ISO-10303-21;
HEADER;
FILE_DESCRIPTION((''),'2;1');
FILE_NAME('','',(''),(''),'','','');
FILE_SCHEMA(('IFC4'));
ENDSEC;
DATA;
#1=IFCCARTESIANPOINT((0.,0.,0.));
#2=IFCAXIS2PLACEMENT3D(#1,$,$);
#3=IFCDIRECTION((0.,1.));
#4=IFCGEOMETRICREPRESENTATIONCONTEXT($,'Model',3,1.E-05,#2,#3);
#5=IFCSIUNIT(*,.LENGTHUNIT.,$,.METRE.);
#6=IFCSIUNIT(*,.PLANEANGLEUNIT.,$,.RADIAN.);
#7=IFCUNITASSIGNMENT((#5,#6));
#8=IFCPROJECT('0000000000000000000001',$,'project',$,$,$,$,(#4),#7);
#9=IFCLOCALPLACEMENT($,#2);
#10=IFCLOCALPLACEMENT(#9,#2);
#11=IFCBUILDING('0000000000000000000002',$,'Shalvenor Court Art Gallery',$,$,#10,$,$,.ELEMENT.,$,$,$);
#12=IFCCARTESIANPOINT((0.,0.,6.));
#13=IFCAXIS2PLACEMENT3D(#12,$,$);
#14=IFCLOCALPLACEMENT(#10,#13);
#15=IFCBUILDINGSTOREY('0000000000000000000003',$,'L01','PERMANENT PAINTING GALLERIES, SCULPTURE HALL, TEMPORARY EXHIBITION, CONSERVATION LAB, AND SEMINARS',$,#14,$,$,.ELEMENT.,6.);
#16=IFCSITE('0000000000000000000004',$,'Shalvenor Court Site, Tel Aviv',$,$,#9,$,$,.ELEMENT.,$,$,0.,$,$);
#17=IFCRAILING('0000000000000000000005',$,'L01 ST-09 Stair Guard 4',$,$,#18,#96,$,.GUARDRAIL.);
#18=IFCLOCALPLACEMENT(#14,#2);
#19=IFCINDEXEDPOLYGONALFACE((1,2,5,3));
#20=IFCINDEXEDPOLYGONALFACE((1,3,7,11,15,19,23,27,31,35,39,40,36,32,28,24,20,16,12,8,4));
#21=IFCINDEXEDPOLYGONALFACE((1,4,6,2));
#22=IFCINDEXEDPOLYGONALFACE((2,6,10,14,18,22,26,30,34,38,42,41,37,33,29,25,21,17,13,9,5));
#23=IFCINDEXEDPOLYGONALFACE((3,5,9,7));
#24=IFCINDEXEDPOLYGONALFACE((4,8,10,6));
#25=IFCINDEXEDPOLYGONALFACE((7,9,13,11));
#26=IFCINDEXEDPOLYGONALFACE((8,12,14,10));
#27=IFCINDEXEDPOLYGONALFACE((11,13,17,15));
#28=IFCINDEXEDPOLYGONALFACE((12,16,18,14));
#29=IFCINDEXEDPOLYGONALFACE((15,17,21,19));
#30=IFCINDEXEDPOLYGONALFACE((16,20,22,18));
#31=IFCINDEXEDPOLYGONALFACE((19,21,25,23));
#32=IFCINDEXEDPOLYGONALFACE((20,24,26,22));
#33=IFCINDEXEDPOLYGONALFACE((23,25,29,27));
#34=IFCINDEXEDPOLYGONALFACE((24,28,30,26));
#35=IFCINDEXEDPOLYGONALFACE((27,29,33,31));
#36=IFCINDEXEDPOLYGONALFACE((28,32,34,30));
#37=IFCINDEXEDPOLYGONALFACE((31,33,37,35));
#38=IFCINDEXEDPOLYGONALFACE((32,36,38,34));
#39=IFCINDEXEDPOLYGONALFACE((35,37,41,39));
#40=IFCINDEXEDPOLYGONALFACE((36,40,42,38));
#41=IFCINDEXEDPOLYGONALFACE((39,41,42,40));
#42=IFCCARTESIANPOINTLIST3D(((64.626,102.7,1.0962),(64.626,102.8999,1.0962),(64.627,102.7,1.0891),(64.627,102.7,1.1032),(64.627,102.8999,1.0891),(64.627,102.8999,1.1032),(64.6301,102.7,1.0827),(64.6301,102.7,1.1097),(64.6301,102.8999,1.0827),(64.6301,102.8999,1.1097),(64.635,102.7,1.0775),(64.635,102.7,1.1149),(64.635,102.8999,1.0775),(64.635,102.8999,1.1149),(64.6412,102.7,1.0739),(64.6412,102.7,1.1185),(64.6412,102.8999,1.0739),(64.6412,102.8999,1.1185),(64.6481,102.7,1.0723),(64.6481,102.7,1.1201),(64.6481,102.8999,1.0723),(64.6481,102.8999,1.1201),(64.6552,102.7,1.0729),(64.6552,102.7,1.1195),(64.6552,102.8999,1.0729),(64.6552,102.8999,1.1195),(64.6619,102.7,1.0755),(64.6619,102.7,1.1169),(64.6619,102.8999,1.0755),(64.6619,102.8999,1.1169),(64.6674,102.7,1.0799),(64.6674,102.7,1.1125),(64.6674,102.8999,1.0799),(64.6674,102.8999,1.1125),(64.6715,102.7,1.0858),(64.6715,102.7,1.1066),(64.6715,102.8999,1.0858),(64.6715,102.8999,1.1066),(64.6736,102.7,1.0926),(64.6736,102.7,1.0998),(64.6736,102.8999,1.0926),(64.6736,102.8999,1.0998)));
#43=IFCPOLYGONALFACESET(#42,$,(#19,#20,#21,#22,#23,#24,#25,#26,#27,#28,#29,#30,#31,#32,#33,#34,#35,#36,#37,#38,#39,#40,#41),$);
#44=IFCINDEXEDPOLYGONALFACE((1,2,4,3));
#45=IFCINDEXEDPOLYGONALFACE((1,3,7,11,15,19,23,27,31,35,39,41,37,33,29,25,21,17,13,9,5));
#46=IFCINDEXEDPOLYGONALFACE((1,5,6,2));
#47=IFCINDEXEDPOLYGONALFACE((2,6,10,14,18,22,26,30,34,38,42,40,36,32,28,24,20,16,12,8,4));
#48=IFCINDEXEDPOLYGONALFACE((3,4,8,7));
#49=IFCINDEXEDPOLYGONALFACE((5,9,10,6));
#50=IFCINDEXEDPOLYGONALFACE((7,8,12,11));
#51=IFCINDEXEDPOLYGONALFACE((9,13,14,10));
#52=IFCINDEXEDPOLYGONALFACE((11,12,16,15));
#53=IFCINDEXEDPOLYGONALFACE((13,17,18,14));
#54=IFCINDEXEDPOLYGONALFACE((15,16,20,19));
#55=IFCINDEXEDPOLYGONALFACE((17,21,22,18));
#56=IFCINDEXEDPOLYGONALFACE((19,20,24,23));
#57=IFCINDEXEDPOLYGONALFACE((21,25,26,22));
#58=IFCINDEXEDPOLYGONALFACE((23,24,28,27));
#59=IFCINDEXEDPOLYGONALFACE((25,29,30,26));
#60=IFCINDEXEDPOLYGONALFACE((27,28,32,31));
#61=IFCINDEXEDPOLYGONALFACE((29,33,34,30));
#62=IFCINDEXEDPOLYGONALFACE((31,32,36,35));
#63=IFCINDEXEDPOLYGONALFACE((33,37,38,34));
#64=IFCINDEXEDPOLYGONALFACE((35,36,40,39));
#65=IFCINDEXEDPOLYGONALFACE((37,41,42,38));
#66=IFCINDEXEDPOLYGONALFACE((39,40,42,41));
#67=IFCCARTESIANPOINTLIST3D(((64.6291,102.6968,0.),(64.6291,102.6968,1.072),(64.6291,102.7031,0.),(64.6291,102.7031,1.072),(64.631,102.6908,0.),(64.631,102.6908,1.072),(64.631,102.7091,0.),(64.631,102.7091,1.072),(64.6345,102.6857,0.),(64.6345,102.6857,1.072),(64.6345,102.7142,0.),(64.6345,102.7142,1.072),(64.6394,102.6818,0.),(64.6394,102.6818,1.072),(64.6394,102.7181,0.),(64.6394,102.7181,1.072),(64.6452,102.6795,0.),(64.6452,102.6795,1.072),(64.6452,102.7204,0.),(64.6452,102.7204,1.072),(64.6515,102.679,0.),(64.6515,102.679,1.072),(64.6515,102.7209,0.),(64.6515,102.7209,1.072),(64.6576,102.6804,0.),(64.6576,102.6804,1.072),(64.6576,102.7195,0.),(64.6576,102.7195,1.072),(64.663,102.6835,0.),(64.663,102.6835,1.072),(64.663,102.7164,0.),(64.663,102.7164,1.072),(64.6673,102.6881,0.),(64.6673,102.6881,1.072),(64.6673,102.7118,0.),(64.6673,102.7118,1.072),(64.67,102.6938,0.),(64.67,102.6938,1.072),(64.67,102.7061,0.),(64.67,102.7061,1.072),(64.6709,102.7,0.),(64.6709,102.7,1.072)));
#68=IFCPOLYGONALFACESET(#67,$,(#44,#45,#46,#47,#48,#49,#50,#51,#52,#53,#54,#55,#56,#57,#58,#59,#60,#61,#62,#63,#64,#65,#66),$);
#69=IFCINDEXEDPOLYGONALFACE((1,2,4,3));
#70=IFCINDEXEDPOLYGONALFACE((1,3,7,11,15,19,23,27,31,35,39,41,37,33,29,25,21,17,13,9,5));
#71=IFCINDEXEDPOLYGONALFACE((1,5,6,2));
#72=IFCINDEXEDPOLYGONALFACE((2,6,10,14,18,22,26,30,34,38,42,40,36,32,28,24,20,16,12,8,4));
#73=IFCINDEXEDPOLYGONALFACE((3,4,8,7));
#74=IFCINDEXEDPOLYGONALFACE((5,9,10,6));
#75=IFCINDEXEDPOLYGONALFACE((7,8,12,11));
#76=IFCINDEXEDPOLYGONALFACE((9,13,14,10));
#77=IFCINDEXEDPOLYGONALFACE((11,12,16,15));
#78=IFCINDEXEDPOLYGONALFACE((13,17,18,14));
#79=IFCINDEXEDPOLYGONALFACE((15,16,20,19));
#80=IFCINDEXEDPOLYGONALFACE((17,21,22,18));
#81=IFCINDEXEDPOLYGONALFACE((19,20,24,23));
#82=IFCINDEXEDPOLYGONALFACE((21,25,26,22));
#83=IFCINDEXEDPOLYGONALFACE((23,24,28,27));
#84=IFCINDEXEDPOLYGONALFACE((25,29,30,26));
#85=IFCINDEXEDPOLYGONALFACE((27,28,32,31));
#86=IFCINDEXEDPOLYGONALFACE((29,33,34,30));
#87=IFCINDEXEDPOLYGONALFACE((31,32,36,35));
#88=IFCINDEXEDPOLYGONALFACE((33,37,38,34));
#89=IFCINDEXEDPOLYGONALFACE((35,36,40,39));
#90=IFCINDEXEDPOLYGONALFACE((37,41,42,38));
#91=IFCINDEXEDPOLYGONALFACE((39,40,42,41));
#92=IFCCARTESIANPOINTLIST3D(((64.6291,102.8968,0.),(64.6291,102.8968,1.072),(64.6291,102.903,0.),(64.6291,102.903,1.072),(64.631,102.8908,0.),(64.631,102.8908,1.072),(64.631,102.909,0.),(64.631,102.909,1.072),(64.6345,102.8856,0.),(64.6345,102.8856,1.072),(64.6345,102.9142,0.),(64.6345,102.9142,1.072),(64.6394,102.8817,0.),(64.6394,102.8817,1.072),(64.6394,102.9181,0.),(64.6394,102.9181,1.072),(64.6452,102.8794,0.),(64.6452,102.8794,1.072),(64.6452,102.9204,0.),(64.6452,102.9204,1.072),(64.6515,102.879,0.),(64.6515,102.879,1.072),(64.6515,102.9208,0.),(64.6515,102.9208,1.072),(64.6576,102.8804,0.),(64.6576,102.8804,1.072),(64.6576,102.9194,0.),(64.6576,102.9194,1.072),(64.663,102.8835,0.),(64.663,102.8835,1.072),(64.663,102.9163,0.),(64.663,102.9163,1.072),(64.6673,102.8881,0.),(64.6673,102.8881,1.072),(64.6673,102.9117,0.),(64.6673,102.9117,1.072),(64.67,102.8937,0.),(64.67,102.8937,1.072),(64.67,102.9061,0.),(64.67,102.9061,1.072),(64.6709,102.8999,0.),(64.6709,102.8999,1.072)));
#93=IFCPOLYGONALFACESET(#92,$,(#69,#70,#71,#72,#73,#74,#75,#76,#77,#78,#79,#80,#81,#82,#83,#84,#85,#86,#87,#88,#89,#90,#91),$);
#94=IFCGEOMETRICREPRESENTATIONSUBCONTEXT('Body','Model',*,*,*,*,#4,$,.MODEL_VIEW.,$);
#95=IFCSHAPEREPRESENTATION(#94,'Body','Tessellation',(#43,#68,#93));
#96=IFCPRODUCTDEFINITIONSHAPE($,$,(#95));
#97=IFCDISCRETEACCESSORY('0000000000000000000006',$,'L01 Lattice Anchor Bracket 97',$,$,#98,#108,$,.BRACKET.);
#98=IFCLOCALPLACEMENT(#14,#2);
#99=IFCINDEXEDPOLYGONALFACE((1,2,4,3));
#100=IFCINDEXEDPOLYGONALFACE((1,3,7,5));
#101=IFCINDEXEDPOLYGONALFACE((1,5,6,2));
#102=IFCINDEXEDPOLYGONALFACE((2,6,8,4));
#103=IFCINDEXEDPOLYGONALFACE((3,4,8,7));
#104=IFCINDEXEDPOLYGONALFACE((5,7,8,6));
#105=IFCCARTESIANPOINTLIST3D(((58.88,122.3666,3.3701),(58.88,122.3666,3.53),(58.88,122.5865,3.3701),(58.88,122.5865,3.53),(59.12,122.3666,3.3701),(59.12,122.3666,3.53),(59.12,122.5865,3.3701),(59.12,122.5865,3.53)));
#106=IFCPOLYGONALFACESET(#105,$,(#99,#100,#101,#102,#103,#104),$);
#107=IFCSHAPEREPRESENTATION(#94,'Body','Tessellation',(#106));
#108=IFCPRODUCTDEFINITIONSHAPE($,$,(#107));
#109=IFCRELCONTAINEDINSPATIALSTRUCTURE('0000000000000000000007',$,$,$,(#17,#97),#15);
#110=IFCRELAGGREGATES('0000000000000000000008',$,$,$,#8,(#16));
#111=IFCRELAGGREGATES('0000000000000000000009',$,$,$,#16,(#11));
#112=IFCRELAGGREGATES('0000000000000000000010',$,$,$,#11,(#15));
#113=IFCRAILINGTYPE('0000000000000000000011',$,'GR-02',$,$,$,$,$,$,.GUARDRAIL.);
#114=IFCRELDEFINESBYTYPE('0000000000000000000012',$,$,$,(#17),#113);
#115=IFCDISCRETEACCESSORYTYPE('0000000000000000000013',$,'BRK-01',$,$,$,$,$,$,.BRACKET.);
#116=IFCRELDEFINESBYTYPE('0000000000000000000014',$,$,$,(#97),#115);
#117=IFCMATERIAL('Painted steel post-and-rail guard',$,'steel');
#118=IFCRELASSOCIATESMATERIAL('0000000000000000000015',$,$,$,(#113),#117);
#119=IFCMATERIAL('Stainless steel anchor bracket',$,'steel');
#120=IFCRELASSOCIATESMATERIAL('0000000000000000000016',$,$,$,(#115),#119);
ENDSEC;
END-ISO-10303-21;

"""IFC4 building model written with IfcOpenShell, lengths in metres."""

from ifc_helpers import new_model, si_unit, direction, frame, origin, origin_2d, place, context, subcontext, project, spatial, rectangle, circle, extrude, material, type_object, element, save


model = new_model("IFC4")

# Units and contexts
model_context = context("Model", 3, precision=1e-05, world=origin(), true_north=direction((0.0, 1.0)))
body_context = subcontext(model_context, "Body", "Model", "MODEL_VIEW")
ifc_project = project(units=[si_unit("LENGTHUNIT", "METRE"), si_unit("PLANEANGLEUNIT", "RADIAN")], contexts=[model_context])

# Site, building, storey
site_placement = place(None, origin())
site = spatial("IfcSite", under=ifc_project, at=site_placement, Name="Shalvenor Court Site, Tel Aviv", CompositionType="ELEMENT", RefElevation=0.0)
building_placement = place(site_placement, origin())
building = spatial("IfcBuilding", under=site, at=building_placement, Name="Shalvenor Court Art Gallery", CompositionType="ELEMENT")
storey_placement = place(building_placement, frame((0.0, 0.0, 6.0)))
storey = spatial("IfcBuildingStorey", under=building, at=storey_placement, Name="L01", Description="PERMANENT PAINTING GALLERIES, SCULPTURE HALL, TEMPORARY EXHIBITION, CONSERVATION LAB, AND SEMINARS", CompositionType="ELEMENT", Elevation=6.0)

# Railing
ifc_material_1 = material(Name="Painted steel post-and-rail guard", Category="steel")
railing_type = type_object("IfcRailingType", Name="GR-02", PredefinedType="GUARDRAIL", material=ifc_material_1)
railing_1_placement = place(storey_placement, frame((64.6499, 102.7, 0.0)))
element("IfcRailing", 1, at=railing_1_placement, inside=storey, type_object=railing_type, Name="L01 ST-09 Stair Guard 4", PredefinedType="GUARDRAIL", context=body_context, shape_type="SweptSolid", body=[
    extrude(circle(Radius=0.0239, at=origin_2d()), frame((0.0, 0.0, 1.0962), z_axis=(0.0, 1.0, 0.0), x_axis=(-1.0, 0.0, 0.0)), (0.0, 0.0, 1.0), 0.2),
    extrude(circle(Radius=0.021, at=origin_2d()), origin(), (0.0, 0.0, 1.0), 1.072),
    extrude(circle(Radius=0.021, at=origin_2d()), frame((0.0, 0.2, 0.0)), (0.0, 0.0, 1.0), 1.072),
])

# Discrete accessory
ifc_material_2 = material(Name="Stainless steel anchor bracket", Category="steel")
discrete_accessory_type = type_object("IfcDiscreteAccessoryType", Name="BRK-01", PredefinedType="BRACKET", material=ifc_material_2)
discrete_accessory_placement = place(storey_placement, frame((59.0, 122.4766, 3.3701), z_axis=(0.0, 0.0, 1.0), x_axis=(1.0, 0.0, 0.0)))
element("IfcDiscreteAccessory", 2, at=discrete_accessory_placement, inside=storey, type_object=discrete_accessory_type, Name="L01 Lattice Anchor Bracket 97", PredefinedType="BRACKET", context=body_context, shape_type="SweptSolid", body=[
    extrude(rectangle(XDim=0.24, YDim=0.22, at=origin_2d()), origin(), (0.0, 0.0, 1.0), 0.1599),
])

save(model, "model.ifc")
